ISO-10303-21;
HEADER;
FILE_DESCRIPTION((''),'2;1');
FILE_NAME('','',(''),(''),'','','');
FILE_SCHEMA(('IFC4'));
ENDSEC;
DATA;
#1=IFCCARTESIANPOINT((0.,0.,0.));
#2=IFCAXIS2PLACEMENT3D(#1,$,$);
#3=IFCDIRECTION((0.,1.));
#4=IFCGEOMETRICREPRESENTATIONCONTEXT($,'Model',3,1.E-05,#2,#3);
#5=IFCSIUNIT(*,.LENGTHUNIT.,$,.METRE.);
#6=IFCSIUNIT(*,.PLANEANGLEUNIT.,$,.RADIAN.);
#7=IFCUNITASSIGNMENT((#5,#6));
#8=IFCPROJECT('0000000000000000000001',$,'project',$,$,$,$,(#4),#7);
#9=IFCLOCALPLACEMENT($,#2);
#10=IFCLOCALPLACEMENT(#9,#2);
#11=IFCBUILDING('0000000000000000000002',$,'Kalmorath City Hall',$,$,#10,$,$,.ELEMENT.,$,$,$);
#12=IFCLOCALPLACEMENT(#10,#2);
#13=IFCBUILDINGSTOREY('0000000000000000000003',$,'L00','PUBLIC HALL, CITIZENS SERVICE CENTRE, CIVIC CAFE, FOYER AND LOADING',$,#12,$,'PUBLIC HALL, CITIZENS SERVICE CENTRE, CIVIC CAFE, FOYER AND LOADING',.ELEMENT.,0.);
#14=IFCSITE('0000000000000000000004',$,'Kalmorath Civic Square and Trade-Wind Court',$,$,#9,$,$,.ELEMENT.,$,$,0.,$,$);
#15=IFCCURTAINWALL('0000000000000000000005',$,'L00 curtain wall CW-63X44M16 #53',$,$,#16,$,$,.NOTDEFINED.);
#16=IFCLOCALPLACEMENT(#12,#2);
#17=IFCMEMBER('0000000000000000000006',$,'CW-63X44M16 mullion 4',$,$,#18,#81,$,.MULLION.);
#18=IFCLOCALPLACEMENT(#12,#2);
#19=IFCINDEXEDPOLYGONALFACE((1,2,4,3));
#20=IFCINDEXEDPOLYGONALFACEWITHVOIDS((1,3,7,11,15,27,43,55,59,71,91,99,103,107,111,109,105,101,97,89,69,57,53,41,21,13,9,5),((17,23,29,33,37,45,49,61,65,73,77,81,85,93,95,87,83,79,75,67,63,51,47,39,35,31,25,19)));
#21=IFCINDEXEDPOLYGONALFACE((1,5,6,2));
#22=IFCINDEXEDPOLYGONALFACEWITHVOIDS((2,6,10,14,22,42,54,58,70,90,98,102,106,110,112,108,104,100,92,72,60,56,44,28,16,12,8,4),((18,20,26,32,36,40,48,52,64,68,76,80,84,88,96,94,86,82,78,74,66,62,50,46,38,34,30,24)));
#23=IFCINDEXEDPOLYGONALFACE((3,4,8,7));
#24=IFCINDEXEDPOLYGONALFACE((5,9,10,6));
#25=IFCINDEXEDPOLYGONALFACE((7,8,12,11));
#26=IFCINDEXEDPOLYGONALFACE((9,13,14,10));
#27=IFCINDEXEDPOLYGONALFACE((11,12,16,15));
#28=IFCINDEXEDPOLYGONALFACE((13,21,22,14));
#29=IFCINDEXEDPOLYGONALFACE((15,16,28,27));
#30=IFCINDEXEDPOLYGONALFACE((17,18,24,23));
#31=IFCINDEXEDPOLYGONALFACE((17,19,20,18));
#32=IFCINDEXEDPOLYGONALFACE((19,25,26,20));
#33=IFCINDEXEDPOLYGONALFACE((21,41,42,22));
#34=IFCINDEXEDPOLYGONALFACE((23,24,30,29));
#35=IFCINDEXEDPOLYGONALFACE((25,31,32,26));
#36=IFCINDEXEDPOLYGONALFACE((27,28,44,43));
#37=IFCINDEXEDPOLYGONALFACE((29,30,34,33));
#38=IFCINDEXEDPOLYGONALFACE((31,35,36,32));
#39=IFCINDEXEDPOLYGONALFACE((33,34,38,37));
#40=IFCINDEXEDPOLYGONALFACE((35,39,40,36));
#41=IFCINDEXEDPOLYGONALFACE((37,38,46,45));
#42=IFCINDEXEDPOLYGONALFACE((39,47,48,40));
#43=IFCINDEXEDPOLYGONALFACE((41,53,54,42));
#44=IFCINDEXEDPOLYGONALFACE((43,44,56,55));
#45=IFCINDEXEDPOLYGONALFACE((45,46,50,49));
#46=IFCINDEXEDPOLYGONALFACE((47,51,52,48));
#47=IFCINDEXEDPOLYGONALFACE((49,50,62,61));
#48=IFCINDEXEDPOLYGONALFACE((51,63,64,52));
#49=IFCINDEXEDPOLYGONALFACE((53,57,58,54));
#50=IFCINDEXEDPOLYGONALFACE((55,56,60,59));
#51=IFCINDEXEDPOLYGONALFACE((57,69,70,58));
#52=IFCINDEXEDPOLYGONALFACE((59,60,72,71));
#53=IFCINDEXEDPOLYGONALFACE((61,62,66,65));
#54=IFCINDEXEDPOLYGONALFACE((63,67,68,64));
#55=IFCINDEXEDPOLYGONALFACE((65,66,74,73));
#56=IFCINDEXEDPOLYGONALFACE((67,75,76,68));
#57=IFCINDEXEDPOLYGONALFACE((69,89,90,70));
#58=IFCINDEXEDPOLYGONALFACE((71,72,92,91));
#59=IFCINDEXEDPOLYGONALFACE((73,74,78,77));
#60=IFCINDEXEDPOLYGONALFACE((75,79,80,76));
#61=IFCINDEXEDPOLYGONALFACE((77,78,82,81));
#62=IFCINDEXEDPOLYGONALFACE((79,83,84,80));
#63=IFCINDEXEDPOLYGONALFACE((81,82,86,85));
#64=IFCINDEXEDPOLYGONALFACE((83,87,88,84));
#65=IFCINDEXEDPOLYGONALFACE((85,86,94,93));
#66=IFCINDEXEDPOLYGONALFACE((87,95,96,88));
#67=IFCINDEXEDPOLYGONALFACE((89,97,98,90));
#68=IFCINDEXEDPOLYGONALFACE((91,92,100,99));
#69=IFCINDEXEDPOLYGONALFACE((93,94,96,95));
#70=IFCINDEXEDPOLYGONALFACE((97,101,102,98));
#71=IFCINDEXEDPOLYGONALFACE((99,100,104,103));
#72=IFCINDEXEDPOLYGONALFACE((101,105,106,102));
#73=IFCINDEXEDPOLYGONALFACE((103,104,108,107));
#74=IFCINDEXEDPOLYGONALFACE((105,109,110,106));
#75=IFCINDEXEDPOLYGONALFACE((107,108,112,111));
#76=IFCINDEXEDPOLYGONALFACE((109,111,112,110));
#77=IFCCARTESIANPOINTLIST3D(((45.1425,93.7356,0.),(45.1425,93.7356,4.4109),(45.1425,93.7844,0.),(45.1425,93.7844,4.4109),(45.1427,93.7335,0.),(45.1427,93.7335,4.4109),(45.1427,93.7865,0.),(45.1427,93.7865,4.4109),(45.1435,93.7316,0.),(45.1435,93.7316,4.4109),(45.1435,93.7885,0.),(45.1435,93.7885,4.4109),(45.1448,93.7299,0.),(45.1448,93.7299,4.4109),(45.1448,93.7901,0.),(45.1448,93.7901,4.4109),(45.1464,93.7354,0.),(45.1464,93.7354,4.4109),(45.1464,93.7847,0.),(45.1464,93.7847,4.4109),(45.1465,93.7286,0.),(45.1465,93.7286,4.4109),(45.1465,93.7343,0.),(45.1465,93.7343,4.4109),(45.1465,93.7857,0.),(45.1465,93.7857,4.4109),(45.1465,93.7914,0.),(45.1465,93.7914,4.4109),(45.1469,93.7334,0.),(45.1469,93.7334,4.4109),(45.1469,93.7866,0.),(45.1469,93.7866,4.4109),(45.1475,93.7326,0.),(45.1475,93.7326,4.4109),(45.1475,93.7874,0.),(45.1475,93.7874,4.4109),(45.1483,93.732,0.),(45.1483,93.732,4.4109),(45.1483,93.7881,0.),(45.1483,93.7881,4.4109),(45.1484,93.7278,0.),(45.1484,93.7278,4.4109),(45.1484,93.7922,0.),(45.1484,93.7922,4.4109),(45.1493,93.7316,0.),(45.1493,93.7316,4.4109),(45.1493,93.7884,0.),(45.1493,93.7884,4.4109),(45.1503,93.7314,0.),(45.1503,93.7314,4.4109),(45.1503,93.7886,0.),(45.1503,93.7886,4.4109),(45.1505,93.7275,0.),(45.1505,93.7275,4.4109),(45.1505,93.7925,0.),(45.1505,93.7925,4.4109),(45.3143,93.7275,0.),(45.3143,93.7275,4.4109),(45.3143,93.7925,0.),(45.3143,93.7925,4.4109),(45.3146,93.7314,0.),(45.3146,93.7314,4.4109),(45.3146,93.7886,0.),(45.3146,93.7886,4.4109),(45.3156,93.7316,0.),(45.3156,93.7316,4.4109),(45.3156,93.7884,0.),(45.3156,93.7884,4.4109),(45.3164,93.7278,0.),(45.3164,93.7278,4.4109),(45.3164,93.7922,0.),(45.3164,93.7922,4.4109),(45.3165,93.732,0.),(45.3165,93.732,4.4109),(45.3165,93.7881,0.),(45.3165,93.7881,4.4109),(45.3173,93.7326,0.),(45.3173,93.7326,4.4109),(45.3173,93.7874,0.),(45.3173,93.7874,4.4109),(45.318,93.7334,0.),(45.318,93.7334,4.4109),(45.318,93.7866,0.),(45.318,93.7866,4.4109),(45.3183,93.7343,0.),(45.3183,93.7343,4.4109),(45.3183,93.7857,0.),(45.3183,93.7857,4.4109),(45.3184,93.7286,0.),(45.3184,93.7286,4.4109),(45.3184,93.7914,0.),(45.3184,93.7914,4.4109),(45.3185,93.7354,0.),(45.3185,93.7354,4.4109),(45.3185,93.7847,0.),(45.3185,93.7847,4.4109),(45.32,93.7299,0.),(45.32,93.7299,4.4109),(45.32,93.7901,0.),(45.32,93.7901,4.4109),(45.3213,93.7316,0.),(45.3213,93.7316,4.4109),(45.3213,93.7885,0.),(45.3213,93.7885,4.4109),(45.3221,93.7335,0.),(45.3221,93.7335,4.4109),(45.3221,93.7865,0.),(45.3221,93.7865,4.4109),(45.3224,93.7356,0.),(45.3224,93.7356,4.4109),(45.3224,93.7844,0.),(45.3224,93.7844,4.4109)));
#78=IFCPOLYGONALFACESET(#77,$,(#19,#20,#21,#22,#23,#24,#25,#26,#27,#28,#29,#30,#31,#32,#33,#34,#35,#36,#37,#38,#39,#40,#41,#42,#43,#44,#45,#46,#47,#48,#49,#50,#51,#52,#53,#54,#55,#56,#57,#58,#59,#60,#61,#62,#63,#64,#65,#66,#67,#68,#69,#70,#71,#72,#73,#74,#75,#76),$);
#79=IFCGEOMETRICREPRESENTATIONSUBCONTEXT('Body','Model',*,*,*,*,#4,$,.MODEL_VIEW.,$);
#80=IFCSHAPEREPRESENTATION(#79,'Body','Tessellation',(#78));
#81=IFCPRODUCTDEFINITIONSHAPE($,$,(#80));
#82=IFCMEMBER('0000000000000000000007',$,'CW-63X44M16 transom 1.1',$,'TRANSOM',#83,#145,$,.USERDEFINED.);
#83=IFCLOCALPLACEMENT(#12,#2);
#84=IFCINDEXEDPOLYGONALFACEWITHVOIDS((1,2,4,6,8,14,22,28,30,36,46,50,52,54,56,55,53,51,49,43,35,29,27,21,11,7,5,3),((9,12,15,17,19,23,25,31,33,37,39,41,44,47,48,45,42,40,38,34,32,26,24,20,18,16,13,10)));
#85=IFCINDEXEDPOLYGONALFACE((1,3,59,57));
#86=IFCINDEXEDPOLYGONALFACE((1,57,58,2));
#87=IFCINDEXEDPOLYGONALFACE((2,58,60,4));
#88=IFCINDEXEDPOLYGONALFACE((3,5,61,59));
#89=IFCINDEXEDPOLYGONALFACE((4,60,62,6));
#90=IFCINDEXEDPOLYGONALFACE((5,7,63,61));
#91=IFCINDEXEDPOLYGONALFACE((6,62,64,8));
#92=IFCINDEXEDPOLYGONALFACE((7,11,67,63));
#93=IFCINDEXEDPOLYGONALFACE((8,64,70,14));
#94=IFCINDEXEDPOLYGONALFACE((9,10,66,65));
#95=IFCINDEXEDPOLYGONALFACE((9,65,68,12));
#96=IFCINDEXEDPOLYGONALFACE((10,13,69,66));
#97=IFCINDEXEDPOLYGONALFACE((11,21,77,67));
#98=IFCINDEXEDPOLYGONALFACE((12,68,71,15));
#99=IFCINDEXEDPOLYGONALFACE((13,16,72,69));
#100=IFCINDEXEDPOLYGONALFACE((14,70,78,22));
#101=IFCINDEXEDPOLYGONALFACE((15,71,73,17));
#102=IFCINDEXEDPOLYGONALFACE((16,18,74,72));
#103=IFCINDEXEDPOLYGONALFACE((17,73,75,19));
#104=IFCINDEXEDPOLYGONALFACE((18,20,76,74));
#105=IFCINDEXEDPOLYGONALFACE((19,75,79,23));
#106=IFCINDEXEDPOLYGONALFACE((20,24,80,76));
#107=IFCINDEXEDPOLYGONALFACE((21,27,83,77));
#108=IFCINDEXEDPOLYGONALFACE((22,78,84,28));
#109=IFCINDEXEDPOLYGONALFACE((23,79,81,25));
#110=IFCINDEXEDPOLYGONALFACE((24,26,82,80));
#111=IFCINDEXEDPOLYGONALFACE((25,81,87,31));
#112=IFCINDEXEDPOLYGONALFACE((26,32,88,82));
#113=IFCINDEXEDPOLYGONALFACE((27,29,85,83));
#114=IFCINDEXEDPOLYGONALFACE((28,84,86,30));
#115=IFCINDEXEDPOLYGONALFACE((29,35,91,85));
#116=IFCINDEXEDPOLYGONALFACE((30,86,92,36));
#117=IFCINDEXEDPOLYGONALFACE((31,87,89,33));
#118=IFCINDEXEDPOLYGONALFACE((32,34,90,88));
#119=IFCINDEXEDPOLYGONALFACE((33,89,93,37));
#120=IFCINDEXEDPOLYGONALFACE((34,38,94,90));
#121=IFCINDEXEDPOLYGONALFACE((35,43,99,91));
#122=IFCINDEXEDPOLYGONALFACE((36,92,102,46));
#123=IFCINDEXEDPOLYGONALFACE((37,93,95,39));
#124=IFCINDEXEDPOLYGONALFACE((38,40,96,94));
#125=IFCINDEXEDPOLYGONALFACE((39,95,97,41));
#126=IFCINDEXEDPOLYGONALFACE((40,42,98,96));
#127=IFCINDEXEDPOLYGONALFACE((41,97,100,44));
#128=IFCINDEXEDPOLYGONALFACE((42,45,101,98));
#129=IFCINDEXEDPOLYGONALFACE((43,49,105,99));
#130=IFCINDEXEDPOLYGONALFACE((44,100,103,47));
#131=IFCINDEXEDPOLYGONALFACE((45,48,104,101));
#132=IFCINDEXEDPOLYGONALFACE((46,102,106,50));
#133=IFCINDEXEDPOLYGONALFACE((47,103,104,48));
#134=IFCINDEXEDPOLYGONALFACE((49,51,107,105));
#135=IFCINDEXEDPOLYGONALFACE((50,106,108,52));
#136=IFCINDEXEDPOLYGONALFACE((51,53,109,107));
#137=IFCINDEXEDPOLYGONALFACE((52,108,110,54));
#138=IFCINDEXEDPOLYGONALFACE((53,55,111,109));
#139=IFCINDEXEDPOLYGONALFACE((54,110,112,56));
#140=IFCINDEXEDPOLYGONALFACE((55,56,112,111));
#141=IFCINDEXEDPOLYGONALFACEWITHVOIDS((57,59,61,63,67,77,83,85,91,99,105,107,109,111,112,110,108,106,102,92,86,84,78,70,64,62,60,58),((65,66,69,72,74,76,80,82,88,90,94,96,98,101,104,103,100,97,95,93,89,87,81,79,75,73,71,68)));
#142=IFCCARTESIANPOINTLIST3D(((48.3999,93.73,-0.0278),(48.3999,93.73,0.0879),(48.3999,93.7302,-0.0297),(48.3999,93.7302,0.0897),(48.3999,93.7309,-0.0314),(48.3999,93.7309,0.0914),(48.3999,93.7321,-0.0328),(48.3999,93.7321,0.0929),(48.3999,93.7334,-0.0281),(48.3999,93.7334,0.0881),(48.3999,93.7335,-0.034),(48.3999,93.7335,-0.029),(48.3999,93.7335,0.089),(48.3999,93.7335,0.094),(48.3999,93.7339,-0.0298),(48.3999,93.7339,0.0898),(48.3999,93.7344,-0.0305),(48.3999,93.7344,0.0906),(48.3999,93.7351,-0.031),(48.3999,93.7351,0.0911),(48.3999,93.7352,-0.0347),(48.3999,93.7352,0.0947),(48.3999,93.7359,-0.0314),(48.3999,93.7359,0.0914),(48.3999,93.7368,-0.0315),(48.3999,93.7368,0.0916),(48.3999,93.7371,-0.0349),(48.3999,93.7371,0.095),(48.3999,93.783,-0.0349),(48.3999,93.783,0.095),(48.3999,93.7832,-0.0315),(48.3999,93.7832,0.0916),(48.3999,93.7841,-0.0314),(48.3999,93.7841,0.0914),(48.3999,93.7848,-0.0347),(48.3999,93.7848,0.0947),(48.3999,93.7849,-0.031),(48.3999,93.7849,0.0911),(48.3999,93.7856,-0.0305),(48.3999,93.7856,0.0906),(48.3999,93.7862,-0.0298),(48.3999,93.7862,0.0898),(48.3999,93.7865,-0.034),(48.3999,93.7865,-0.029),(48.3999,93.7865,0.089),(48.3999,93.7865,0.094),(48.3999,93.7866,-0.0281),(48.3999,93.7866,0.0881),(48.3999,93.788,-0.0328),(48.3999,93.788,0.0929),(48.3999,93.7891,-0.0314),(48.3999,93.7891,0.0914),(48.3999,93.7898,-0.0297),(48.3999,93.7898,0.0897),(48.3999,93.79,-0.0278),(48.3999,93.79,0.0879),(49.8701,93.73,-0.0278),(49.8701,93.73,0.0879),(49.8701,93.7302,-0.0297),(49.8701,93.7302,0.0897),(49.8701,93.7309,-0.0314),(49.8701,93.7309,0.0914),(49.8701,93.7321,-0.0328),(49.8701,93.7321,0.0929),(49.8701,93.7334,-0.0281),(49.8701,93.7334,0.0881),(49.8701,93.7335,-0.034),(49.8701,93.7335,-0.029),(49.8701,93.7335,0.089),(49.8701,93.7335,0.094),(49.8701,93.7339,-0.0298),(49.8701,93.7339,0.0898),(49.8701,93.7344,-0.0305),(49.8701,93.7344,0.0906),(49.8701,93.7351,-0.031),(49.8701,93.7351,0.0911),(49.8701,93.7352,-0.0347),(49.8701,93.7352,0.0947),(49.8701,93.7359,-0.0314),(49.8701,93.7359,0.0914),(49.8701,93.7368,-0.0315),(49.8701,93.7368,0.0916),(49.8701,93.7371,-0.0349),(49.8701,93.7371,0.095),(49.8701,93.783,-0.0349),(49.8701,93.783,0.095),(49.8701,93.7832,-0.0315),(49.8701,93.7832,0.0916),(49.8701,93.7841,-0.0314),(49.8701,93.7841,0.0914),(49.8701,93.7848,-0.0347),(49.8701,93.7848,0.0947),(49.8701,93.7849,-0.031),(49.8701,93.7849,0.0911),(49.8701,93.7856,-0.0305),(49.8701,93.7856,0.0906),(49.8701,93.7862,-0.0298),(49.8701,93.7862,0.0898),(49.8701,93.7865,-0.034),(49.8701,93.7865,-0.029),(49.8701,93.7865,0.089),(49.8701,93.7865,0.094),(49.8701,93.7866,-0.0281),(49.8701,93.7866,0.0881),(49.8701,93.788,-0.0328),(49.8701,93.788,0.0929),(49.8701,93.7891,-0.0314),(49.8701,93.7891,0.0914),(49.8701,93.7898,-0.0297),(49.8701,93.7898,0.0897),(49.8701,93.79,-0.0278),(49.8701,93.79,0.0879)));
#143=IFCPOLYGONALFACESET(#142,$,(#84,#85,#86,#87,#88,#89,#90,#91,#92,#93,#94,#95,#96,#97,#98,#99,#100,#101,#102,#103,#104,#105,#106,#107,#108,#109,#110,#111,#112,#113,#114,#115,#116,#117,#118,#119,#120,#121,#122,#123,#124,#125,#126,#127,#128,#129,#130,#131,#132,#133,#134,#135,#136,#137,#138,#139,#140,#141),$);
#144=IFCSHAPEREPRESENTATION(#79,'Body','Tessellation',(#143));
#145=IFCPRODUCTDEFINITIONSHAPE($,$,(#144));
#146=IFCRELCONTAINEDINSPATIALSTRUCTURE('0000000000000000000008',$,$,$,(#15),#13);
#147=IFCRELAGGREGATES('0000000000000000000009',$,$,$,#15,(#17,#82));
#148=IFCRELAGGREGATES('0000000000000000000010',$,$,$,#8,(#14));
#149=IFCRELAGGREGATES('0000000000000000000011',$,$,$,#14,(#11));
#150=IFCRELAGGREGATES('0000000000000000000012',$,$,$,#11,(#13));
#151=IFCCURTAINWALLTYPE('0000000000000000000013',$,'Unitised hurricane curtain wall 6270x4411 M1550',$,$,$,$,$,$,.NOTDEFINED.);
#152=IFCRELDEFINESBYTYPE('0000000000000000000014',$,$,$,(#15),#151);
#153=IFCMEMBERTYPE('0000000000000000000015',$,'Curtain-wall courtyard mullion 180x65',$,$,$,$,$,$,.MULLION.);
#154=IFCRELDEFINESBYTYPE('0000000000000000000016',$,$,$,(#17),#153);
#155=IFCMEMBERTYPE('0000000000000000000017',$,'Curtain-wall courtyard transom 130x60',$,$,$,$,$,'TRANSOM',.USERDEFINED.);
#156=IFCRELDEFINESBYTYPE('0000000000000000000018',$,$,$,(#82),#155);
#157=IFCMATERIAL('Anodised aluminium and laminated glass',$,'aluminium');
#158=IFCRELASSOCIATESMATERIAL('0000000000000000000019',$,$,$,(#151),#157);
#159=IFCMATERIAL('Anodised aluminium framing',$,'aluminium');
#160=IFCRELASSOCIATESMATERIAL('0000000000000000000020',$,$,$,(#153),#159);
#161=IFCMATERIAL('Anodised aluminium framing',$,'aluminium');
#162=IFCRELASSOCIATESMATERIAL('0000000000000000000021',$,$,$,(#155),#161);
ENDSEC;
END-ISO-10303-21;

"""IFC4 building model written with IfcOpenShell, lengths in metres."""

from ifc_helpers import new_model, si_unit, direction, frame, origin, origin_2d, place, context, subcontext, project, spatial, hollow_rectangle, extrude, material, material_profile, profile_set, type_object, element, aggregate, save


model = new_model("IFC4")

# Units and contexts
model_context = context("Model", 3, precision=1e-05, world=origin(), true_north=direction((0.0, 1.0)))
body_context = subcontext(model_context, "Body", "Model", "MODEL_VIEW")
ifc_project = project(units=[si_unit("LENGTHUNIT", "METRE"), si_unit("PLANEANGLEUNIT", "RADIAN")], contexts=[model_context])

# Site, building, storey
site_placement = place(None, origin())
site = spatial("IfcSite", under=ifc_project, at=site_placement, Name="Kalmorath Civic Square and Trade-Wind Court", CompositionType="ELEMENT", RefElevation=0.0)
building_placement = place(site_placement, origin())
building = spatial("IfcBuilding", under=site, at=building_placement, Name="Kalmorath City Hall", CompositionType="ELEMENT")
storey_placement = place(building_placement, origin())
storey = spatial("IfcBuildingStorey", under=building, at=storey_placement, Name="L00", Description="PUBLIC HALL, CITIZENS SERVICE CENTRE, CIVIC CAFE, FOYER AND LOADING", LongName="PUBLIC HALL, CITIZENS SERVICE CENTRE, CIVIC CAFE, FOYER AND LOADING", CompositionType="ELEMENT", Elevation=0.0)

# Curtain wall, members
ifc_material_1 = material(Name="Anodised aluminium and laminated glass", Category="aluminium")
curtain_wall_type = type_object("IfcCurtainWallType", Name="Unitised hurricane curtain wall 6270x4411 M1550", PredefinedType="NOTDEFINED", material=ifc_material_1)
curtain_wall_placement = place(storey_placement, origin())
curtain_wall = element("IfcCurtainWall", 1, at=curtain_wall_placement, inside=storey, type_object=curtain_wall_type, Name="L00 curtain wall CW-63X44M16 #53", PredefinedType="NOTDEFINED")
ifc_material_2 = material(Name="Anodised aluminium framing", Category="aluminium")
ifc_material_profile_1 = material_profile(ifc_material_2, hollow_rectangle(XDim=0.0649, YDim=0.1799, WallThickness=0.0039, InnerFilletRadius=0.0039, OuterFilletRadius=0.0081, at=origin_2d()), Name="ALU-MUL-180X65X4")
ifc_profile_set_1 = profile_set([ifc_material_profile_1], Name="Anodised aluminium framing")
member_type_1 = type_object("IfcMemberType", Name="Curtain-wall courtyard mullion 180x65", PredefinedType="MULLION", material=ifc_profile_set_1)
member_1_placement = place(storey_placement, frame((45.2324, 93.76, 0.0), z_axis=(0.0, 0.0, 1.0), x_axis=(0.0, -1.0, 0.0)))
member_1 = element("IfcMember", 2, at=member_1_placement, type_object=member_type_1, Name="CW-63X44M16 mullion 4", PredefinedType="MULLION", context=body_context, shape_type="SweptSolid", body=[
    extrude(hollow_rectangle(XDim=0.0649, YDim=0.1799, WallThickness=0.0039, InnerFilletRadius=0.0039, OuterFilletRadius=0.0081, at=origin_2d()), origin(), (0.0, 0.0, 1.0), 4.4109),
])
ifc_material_3 = material(Name="Anodised aluminium framing", Category="aluminium")
ifc_material_profile_2 = material_profile(ifc_material_3, hollow_rectangle(XDim=0.0601, YDim=0.1299, WallThickness=0.0034, InnerFilletRadius=0.0034, OuterFilletRadius=0.0071, at=origin_2d()), Name="ALU-TRN-130X60X3.5")
ifc_profile_set_2 = profile_set([ifc_material_profile_2], Name="Anodised aluminium framing")
member_type_2 = type_object("IfcMemberType", Name="Curtain-wall courtyard transom 130x60", ElementType="TRANSOM", PredefinedType="USERDEFINED", material=ifc_profile_set_2)
member_2_placement = place(storey_placement, frame((49.8701, 93.76, 0.03), z_axis=(-1.0, 0.0, 0.0), x_axis=(0.0, -1.0, 0.0)))
member_2 = element("IfcMember", 3, at=member_2_placement, type_object=member_type_2, Name="CW-63X44M16 transom 1.1", ObjectType="TRANSOM", PredefinedType="USERDEFINED", context=body_context, shape_type="SweptSolid", body=[
    extrude(hollow_rectangle(XDim=0.0601, YDim=0.1299, WallThickness=0.0034, InnerFilletRadius=0.0034, OuterFilletRadius=0.0071, at=origin_2d()), origin(), (0.0, 0.0, 1.0), 1.4702),
])
aggregate(curtain_wall, [member_1, member_2])

save(model, "model.ifc")
